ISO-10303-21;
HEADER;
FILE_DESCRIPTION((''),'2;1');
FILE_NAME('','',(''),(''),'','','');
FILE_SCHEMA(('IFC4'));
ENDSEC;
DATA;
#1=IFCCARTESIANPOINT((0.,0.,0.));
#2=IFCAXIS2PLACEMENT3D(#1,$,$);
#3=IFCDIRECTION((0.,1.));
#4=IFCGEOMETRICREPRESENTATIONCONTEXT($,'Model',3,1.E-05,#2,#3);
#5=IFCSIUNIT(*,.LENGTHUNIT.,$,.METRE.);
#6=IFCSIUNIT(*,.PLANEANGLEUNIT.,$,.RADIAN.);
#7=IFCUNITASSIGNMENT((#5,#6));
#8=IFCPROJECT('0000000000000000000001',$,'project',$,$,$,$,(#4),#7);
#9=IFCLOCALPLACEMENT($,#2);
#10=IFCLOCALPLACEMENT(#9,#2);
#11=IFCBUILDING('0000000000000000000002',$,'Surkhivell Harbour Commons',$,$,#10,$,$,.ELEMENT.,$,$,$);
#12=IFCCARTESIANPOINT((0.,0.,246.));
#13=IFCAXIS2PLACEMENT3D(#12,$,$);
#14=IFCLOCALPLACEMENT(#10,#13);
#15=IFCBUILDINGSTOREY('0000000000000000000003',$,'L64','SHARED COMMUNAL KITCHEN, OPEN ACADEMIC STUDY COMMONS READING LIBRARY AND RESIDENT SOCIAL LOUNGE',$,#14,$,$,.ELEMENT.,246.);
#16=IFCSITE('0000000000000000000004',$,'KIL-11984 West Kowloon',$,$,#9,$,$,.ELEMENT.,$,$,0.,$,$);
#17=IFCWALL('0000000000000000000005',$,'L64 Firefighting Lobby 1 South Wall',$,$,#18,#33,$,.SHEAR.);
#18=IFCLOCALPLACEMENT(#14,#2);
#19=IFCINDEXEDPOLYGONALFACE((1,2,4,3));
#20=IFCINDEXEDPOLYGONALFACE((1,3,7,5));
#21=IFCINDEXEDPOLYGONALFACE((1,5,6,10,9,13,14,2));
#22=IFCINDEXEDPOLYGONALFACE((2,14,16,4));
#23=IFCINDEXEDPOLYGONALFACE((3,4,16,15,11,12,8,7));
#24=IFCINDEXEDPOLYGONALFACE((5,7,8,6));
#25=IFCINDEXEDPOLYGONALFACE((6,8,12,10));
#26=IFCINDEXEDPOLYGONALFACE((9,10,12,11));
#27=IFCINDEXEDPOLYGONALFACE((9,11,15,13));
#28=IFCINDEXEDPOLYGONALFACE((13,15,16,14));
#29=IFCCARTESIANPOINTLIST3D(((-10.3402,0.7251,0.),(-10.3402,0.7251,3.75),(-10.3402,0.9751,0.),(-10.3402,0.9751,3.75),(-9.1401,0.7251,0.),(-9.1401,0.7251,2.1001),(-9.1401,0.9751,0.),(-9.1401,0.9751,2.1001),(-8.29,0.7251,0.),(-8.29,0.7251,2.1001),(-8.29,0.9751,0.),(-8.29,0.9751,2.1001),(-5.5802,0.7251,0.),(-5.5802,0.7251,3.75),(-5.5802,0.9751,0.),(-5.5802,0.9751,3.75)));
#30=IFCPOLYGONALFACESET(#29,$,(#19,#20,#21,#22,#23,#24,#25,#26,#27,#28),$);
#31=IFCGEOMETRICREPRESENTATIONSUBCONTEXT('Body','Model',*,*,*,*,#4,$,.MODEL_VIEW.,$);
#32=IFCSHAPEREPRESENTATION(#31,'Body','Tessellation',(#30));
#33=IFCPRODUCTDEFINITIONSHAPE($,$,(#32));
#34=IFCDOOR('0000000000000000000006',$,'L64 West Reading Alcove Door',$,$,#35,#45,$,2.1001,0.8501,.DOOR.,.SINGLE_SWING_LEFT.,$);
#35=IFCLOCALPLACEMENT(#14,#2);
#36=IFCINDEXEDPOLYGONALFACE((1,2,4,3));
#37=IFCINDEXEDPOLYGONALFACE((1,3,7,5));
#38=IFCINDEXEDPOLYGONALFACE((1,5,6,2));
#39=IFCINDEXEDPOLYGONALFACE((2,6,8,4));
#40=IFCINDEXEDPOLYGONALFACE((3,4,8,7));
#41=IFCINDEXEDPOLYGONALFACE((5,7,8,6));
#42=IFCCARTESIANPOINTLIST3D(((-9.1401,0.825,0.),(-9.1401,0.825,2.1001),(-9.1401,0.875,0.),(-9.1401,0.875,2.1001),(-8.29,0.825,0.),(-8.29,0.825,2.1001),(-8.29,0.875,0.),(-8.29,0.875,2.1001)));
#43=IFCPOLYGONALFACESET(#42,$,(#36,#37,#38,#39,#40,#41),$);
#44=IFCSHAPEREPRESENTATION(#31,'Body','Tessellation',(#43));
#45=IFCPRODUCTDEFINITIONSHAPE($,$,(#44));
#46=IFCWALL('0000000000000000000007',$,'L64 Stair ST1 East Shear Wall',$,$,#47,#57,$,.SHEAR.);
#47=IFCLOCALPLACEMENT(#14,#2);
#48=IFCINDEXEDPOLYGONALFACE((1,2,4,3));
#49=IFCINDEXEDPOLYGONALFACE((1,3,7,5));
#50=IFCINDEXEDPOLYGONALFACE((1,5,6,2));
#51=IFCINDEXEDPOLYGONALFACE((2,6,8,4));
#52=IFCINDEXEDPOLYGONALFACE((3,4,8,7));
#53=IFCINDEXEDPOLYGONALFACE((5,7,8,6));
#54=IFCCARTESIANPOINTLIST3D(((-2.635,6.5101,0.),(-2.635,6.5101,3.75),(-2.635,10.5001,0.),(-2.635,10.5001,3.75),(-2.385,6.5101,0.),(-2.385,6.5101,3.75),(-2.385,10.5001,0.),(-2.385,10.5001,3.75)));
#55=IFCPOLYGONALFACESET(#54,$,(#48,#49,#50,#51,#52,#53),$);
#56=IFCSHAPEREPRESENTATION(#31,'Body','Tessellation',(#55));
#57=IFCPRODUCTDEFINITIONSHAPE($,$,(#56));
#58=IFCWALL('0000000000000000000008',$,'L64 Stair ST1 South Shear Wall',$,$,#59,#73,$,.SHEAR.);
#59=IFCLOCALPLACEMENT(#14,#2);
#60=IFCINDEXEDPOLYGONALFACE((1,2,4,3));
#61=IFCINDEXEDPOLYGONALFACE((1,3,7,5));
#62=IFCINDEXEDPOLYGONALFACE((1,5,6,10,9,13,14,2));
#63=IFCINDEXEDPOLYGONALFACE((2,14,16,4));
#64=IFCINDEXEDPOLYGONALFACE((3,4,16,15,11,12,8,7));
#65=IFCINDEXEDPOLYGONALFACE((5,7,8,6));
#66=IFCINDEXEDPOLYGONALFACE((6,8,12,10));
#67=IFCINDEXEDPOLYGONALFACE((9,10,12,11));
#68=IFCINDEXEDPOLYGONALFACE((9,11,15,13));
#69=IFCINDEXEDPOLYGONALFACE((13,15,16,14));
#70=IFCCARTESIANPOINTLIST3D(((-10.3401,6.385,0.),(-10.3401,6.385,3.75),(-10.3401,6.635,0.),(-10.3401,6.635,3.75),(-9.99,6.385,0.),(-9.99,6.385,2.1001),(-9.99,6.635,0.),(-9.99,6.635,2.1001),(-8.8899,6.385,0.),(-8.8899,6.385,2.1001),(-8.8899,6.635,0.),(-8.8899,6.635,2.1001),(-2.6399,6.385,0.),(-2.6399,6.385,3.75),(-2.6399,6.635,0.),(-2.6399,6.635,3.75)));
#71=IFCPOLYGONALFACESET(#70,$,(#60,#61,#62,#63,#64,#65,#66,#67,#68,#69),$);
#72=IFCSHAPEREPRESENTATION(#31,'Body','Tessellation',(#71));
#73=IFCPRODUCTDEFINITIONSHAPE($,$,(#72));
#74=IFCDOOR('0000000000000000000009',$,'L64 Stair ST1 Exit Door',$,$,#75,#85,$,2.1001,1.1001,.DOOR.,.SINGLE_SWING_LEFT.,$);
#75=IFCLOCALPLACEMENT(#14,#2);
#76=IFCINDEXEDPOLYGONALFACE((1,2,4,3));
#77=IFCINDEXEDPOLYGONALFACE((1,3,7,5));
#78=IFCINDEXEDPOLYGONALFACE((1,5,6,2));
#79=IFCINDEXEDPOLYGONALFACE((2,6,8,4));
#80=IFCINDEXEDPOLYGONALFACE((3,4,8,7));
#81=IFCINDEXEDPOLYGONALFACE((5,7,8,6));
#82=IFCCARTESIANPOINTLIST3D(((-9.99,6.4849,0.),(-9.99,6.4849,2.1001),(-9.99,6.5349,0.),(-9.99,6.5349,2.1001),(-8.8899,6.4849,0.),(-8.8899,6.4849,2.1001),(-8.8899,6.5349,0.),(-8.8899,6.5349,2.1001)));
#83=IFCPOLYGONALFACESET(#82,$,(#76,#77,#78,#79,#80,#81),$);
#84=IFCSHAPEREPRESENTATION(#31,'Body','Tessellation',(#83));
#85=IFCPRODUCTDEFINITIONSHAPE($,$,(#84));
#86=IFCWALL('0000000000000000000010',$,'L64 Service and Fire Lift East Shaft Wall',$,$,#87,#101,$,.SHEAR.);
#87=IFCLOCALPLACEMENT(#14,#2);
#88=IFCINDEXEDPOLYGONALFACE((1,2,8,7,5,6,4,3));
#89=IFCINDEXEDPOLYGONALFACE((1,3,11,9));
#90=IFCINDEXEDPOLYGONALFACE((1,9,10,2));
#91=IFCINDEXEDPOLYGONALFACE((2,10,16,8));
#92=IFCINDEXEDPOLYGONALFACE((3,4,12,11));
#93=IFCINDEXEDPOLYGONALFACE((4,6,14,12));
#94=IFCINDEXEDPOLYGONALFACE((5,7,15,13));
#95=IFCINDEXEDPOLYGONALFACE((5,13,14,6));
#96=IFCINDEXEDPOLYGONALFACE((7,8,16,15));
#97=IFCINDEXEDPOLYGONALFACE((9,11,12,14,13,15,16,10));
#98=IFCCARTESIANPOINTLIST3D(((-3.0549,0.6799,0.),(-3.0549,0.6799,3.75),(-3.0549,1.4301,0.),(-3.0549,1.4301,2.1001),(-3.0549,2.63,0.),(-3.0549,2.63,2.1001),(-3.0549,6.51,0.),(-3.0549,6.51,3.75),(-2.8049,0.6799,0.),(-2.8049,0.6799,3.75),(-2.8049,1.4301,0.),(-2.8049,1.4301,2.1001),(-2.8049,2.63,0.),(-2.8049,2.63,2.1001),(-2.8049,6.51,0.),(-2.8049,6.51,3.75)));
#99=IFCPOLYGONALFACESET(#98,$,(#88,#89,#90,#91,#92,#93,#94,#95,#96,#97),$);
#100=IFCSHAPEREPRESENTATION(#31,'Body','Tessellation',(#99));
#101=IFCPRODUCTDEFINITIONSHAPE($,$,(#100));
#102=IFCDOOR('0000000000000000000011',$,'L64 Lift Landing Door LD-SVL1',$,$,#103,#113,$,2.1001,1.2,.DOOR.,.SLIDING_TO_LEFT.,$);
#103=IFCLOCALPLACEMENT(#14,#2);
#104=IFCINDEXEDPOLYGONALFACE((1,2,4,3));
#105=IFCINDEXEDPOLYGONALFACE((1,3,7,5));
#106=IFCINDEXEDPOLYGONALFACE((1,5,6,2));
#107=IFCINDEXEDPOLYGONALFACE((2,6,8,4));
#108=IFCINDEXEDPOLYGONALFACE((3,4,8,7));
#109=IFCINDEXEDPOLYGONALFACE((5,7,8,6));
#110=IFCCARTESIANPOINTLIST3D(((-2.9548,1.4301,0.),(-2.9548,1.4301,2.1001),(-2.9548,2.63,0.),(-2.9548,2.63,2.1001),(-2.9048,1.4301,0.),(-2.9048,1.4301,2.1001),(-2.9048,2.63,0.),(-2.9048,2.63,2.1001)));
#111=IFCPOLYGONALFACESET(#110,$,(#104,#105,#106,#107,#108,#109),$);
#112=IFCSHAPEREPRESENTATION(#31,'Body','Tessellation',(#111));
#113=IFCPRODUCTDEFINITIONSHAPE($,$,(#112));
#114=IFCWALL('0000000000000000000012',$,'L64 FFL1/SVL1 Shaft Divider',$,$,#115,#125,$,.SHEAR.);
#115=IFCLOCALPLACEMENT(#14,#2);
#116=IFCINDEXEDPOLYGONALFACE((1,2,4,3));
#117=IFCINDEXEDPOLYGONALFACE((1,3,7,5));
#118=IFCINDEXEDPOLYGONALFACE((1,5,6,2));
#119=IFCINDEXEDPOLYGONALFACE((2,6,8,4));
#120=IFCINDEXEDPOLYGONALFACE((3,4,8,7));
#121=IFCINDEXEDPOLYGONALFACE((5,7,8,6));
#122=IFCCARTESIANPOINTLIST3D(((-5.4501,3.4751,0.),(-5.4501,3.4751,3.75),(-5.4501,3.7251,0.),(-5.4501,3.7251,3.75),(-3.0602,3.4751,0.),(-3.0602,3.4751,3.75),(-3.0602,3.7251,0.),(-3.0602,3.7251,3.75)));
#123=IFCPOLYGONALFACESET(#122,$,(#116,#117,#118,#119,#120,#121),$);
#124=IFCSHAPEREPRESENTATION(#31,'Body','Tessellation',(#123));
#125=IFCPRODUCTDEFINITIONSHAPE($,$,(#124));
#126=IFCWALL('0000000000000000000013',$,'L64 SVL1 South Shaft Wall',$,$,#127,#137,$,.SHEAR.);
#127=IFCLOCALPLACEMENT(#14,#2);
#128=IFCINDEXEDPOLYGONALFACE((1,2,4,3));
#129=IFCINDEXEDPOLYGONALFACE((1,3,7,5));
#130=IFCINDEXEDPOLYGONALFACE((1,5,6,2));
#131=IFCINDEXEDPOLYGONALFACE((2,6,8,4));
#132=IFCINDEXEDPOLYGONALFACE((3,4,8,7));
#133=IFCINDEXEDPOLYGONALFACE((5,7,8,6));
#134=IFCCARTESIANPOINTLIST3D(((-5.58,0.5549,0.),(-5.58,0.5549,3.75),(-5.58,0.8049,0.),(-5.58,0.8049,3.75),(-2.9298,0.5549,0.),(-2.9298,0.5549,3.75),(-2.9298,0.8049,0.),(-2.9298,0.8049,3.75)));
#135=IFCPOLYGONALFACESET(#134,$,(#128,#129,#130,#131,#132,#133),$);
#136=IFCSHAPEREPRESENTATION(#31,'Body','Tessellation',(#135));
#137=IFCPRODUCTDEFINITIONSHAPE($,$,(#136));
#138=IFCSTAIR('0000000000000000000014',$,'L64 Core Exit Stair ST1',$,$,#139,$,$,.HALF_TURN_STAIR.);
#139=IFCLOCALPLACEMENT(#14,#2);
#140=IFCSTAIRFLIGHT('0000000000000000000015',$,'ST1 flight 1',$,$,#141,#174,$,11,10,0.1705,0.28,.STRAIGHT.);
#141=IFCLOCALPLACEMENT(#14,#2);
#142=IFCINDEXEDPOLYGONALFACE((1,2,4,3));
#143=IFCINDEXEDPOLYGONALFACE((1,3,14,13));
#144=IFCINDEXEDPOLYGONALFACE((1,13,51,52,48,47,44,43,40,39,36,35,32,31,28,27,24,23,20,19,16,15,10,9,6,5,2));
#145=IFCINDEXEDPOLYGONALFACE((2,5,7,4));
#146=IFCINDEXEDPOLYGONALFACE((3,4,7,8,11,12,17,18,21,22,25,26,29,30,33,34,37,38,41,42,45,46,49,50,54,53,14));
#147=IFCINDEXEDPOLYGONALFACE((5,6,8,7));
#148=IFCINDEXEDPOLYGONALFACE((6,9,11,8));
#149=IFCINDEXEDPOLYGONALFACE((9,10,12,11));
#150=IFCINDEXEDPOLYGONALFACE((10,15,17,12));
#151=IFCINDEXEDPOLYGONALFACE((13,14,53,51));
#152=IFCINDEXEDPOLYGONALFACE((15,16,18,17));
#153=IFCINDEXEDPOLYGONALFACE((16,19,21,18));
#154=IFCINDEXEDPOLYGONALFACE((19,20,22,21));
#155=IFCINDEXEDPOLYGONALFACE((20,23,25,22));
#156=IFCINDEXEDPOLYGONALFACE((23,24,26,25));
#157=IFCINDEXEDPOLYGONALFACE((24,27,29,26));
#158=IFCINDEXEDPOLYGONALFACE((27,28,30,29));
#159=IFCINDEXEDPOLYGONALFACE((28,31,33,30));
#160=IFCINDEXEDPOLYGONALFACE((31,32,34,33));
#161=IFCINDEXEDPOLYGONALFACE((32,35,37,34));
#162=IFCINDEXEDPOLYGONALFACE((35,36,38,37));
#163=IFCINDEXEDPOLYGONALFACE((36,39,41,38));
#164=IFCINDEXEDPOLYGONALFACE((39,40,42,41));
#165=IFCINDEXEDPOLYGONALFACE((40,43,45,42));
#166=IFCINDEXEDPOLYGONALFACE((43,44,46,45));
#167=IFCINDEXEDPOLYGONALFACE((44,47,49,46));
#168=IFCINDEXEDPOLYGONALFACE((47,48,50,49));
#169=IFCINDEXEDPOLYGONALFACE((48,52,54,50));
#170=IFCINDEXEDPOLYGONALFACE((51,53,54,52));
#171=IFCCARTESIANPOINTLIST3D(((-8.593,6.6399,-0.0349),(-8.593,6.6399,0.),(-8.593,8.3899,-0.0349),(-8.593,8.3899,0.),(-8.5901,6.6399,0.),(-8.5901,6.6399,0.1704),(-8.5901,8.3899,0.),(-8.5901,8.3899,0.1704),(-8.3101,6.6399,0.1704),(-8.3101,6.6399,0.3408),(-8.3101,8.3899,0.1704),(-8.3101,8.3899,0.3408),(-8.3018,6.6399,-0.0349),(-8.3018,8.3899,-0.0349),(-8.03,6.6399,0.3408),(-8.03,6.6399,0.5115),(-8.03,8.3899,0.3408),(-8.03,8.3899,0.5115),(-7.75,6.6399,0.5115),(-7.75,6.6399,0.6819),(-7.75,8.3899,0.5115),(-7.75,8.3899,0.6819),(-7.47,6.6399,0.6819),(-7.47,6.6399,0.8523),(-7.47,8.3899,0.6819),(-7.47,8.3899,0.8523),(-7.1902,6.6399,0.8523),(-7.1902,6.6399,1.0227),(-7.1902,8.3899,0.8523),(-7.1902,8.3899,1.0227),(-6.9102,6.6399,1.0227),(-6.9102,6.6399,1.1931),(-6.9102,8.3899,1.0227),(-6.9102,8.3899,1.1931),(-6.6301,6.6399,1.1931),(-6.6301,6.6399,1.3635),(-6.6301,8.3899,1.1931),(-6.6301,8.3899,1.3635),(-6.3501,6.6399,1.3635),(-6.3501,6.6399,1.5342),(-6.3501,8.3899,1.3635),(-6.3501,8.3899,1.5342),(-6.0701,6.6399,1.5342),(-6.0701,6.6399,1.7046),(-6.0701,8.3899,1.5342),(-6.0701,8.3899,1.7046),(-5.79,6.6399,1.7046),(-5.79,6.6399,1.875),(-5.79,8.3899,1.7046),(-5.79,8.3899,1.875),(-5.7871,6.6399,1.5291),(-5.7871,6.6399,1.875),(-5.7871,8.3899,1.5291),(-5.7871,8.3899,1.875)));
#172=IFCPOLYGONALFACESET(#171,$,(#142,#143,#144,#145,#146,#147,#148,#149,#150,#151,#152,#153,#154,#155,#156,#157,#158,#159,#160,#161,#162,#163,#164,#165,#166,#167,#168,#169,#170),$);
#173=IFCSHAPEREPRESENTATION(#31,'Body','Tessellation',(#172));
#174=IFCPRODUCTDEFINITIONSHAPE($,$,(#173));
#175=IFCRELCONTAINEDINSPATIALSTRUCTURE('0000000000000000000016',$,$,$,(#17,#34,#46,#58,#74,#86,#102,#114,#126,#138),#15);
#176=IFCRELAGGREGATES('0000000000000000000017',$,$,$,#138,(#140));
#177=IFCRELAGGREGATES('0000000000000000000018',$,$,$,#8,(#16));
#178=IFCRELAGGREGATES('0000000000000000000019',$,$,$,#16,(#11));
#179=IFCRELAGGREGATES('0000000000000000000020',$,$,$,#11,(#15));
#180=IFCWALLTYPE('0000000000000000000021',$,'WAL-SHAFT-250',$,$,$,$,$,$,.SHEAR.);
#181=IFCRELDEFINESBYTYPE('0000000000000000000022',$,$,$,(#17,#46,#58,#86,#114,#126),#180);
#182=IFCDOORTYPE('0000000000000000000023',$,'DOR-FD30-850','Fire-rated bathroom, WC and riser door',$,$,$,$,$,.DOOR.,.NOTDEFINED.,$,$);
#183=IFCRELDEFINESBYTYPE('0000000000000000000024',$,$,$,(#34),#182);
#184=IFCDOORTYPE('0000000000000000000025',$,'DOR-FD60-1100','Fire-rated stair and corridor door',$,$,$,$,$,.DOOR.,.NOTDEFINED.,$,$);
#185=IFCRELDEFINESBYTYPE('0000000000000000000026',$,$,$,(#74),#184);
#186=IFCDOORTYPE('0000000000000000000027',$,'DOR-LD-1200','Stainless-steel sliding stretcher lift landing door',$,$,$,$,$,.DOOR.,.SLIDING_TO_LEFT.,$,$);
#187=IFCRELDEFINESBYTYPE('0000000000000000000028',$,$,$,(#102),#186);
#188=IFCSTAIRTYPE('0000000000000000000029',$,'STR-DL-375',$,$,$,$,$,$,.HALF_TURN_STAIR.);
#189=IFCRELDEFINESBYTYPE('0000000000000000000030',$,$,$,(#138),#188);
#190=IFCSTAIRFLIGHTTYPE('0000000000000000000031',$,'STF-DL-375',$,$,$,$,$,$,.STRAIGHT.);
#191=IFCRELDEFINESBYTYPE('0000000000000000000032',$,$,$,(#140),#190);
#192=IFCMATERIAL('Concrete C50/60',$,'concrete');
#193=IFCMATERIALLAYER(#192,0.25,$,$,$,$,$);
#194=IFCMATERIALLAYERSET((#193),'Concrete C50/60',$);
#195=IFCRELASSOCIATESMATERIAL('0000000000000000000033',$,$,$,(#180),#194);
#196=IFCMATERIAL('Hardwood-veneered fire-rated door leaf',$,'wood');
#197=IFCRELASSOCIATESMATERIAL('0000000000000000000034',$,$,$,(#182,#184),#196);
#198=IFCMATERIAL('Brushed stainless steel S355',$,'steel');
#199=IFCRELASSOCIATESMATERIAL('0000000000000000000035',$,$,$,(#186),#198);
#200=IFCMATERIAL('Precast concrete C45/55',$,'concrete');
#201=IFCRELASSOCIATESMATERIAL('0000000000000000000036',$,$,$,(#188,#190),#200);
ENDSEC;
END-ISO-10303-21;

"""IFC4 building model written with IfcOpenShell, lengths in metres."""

from ifc_helpers import new_model, si_unit, direction, frame, frame_2d, origin, place, context, subcontext, project, spatial, polyline, rectangle, outline, extrude, material, layer, layer_set, type_object, element, fill, aggregate, save


model = new_model("IFC4")

# Units and contexts
model_context = context("Model", 3, precision=1e-05, world=origin(), true_north=direction((0.0, 1.0)))
body_context = subcontext(model_context, "Body", "Model", "MODEL_VIEW")
ifc_project = project(units=[si_unit("LENGTHUNIT", "METRE"), si_unit("PLANEANGLEUNIT", "RADIAN")], contexts=[model_context])

# Site, building, storey
site_placement = place(None, origin())
site = spatial("IfcSite", under=ifc_project, at=site_placement, Name="KIL-11984 West Kowloon", CompositionType="ELEMENT", RefElevation=0.0)
building_placement = place(site_placement, origin())
building = spatial("IfcBuilding", under=site, at=building_placement, Name="Surkhivell Harbour Commons", CompositionType="ELEMENT")
storey_placement = place(building_placement, frame((0.0, 0.0, 246.0)))
storey = spatial("IfcBuildingStorey", under=building, at=storey_placement, Name="L64", Description="SHARED COMMUNAL KITCHEN, OPEN ACADEMIC STUDY COMMONS READING LIBRARY AND RESIDENT SOCIAL LOUNGE", CompositionType="ELEMENT", Elevation=246.0)

# Shared definitions
ifc_material_1 = material(Name="Hardwood-veneered fire-rated door leaf", Category="wood")

# Wall, opening, door
ifc_material_2 = material(Name="Concrete C50/60", Category="concrete")
ifc_layer_1 = layer(ifc_material_2, 0.25)
ifc_layer_set_1 = layer_set([ifc_layer_1], Name="Concrete C50/60")
wall_type_1 = type_object("IfcWallType", Name="WAL-SHAFT-250", PredefinedType="SHEAR", material=ifc_layer_set_1)
ifc_material_3 = material(Name="Brushed stainless steel S355", Category="steel")
wall_1_placement = place(storey_placement, frame((-10.3401, 0.8501, 0.0), z_axis=(0.0, 0.0, 1.0), x_axis=(1.0, 0.0, 0.0)))
wall_1 = element("IfcWall", 1, at=wall_1_placement, inside=storey, type_object=wall_type_1, Name="L64 Firefighting Lobby 1 South Wall", PredefinedType="SHEAR", context=body_context, shape_type="SweptSolid", body=[
    extrude(rectangle(XDim=4.76, YDim=0.25, at=frame_2d((2.3799, 0.0))), origin(), (0.0, 0.0, 1.0), 3.75),
])
opening_1_placement = place(wall_1_placement, frame((1.2, 0.0, 0.0)))
opening_1 = element("IfcOpeningElement", 2, at=opening_1_placement, cuts=wall_1, PredefinedType="OPENING", context=body_context, shape_type="SweptSolid", body=[
    extrude(rectangle(XDim=0.8501, YDim=2.1001, at=frame_2d((0.425, 1.05))), frame((0.0, 0.135, 0.0), z_axis=(0.0, -1.0, 0.0), x_axis=(1.0, 0.0, 0.0)), (0.0, 0.0, 1.0), 0.27),
])
door_type_1 = type_object("IfcDoorType", Name="DOR-FD30-850", Description="Fire-rated bathroom, WC and riser door", OperationType="NOTDEFINED", PredefinedType="DOOR", material=ifc_material_1)
door_1_placement = place(opening_1_placement, origin())
door_1 = element("IfcDoor", 3, at=door_1_placement, inside=storey, type_object=door_type_1, Name="L64 West Reading Alcove Door", OperationType="SINGLE_SWING_LEFT", OverallHeight=2.1001, OverallWidth=0.8501, PredefinedType="DOOR", context=body_context, shape_type="SweptSolid", body=[
    extrude(rectangle(XDim=0.8501, YDim=2.1001, at=frame_2d((0.425, 1.05))), frame((0.0, 0.0249, 0.0), z_axis=(0.0, -1.0, 0.0), x_axis=(1.0, 0.0, 0.0)), (0.0, 0.0, 1.0), 0.05),
])
fill(opening_1, door_1)

# Wall
wall_2_placement = place(storey_placement, frame((-2.51, 6.51, 0.0), z_axis=(0.0, 0.0, 1.0), x_axis=(0.0, 1.0, 0.0)))
element("IfcWall", 4, at=wall_2_placement, inside=storey, type_object=wall_type_1, Name="L64 Stair ST1 East Shear Wall", PredefinedType="SHEAR", context=body_context, shape_type="SweptSolid", body=[
    extrude(rectangle(XDim=3.99, YDim=0.25, at=frame_2d((1.9951, 0.0))), origin(), (0.0, 0.0, 1.0), 3.75),
])

# Walls, openings, doors
wall_3_placement = place(storey_placement, frame((-10.3401, 6.51, 0.0), z_axis=(0.0, 0.0, 1.0), x_axis=(1.0, 0.0, 0.0)))
wall_3 = element("IfcWall", 5, at=wall_3_placement, inside=storey, type_object=wall_type_1, Name="L64 Stair ST1 South Shear Wall", PredefinedType="SHEAR", context=body_context, shape_type="SweptSolid", body=[
    extrude(rectangle(XDim=7.7002, YDim=0.25, at=frame_2d((3.8501, 0.0))), origin(), (0.0, 0.0, 1.0), 3.75),
])
opening_2_placement = place(wall_3_placement, frame((0.3501, 0.0, 0.0)))
opening_2 = element("IfcOpeningElement", 6, at=opening_2_placement, cuts=wall_3, PredefinedType="OPENING", context=body_context, shape_type="SweptSolid", body=[
    extrude(rectangle(XDim=1.1001, YDim=2.1001, at=frame_2d((0.55, 1.05))), frame((0.0, 0.135, 0.0), z_axis=(0.0, -1.0, 0.0), x_axis=(1.0, 0.0, 0.0)), (0.0, 0.0, 1.0), 0.27),
])
door_type_2 = type_object("IfcDoorType", Name="DOR-FD60-1100", Description="Fire-rated stair and corridor door", OperationType="NOTDEFINED", PredefinedType="DOOR", material=ifc_material_1)
door_2_placement = place(opening_2_placement, origin())
door_2 = element("IfcDoor", 7, at=door_2_placement, inside=storey, type_object=door_type_2, Name="L64 Stair ST1 Exit Door", OperationType="SINGLE_SWING_LEFT", OverallHeight=2.1001, OverallWidth=1.1001, PredefinedType="DOOR", context=body_context, shape_type="SweptSolid", body=[
    extrude(rectangle(XDim=1.1001, YDim=2.1001, at=frame_2d((0.55, 1.05))), frame((0.0, 0.0249, 0.0), z_axis=(0.0, -1.0, 0.0), x_axis=(1.0, 0.0, 0.0)), (0.0, 0.0, 1.0), 0.05),
])
fill(opening_2, door_2)
wall_4_placement = place(storey_placement, frame((-2.9299, 0.6799, 0.0), z_axis=(0.0, 0.0, 1.0), x_axis=(0.0, 1.0, 0.0)))
wall_4 = element("IfcWall", 8, at=wall_4_placement, inside=storey, type_object=wall_type_1, Name="L64 Service and Fire Lift East Shaft Wall", PredefinedType="SHEAR", context=body_context, shape_type="SweptSolid", body=[
    extrude(rectangle(XDim=5.8301, YDim=0.25, at=frame_2d((2.915, 0.0))), origin(), (0.0, 0.0, 1.0), 3.75),
])
opening_3_placement = place(wall_4_placement, frame((0.75, 0.0, 0.0)))
opening_3 = element("IfcOpeningElement", 9, at=opening_3_placement, cuts=wall_4, PredefinedType="OPENING", context=body_context, shape_type="SweptSolid", body=[
    extrude(rectangle(XDim=1.2, YDim=2.1001, at=frame_2d((0.6001, 1.05))), frame((0.0, 0.135, 0.0), z_axis=(0.0, -1.0, 0.0), x_axis=(1.0, 0.0, 0.0)), (0.0, 0.0, 1.0), 0.27),
])
door_type_3 = type_object("IfcDoorType", Name="DOR-LD-1200", Description="Stainless-steel sliding stretcher lift landing door", OperationType="SLIDING_TO_LEFT", PredefinedType="DOOR", material=ifc_material_3)
door_3_placement = place(opening_3_placement, origin())
door_3 = element("IfcDoor", 10, at=door_3_placement, inside=storey, type_object=door_type_3, Name="L64 Lift Landing Door LD-SVL1", OperationType="SLIDING_TO_LEFT", OverallHeight=2.1001, OverallWidth=1.2, PredefinedType="DOOR", context=body_context, shape_type="SweptSolid", body=[
    extrude(rectangle(XDim=1.2, YDim=2.1001, at=frame_2d((0.6001, 1.05))), frame((0.0, 0.0249, 0.0), z_axis=(0.0, -1.0, 0.0), x_axis=(1.0, 0.0, 0.0)), (0.0, 0.0, 1.0), 0.05),
])
fill(opening_3, door_3)

# Walls
wall_5_placement = place(storey_placement, frame((-5.45, 3.6001, 0.0), z_axis=(0.0, 0.0, 1.0), x_axis=(1.0, 0.0, 0.0)))
element("IfcWall", 11, at=wall_5_placement, inside=storey, type_object=wall_type_1, Name="L64 FFL1/SVL1 Shaft Divider", PredefinedType="SHEAR", context=body_context, shape_type="SweptSolid", body=[
    extrude(rectangle(XDim=2.3899, YDim=0.25, at=frame_2d((1.1948, 0.0))), origin(), (0.0, 0.0, 1.0), 3.75),
])
wall_6_placement = place(storey_placement, frame((-5.5801, 0.6799, 0.0), z_axis=(0.0, 0.0, 1.0), x_axis=(1.0, 0.0, 0.0)))
element("IfcWall", 12, at=wall_6_placement, inside=storey, type_object=wall_type_1, Name="L64 SVL1 South Shaft Wall", PredefinedType="SHEAR", context=body_context, shape_type="SweptSolid", body=[
    extrude(rectangle(XDim=2.6501, YDim=0.25, at=frame_2d((1.3252, 0.0))), origin(), (0.0, 0.0, 1.0), 3.75),
])

# Stair, stair flight
ifc_material_4 = material(Name="Precast concrete C45/55", Category="concrete")
stair_type = type_object("IfcStairType", Name="STR-DL-375", PredefinedType="HALF_TURN_STAIR", material=ifc_material_4)
stair_placement = place(storey_placement, origin())
stair = element("IfcStair", 13, at=stair_placement, inside=storey, type_object=stair_type, Name="L64 Core Exit Stair ST1", PredefinedType="HALF_TURN_STAIR")
stair_flight_type = type_object("IfcStairFlightType", Name="STF-DL-375", PredefinedType="STRAIGHT", material=ifc_material_4)
stair_flight_1_placement = place(storey_placement, frame((-8.5901, 7.5149, 0.0), z_axis=(0.0, 0.0, 1.0), x_axis=(1.0, 0.0, 0.0)))
stair_flight_1 = element("IfcStairFlight", 14, at=stair_flight_1_placement, type_object=stair_flight_type, Name="ST1 flight 1", NumberOfRisers=11, NumberOfTreads=10, PredefinedType="STRAIGHT", RiserHeight=0.1705, TreadLength=0.28, context=body_context, shape_type="SweptSolid", body=[
    extrude(outline(polyline([(-0.0029, -0.0349), (-0.0029, 0.0), (0.0, 0.0), (0.0, 0.1704), (0.28, 0.1704), (0.28, 0.3408), (0.5601, 0.3408), (0.5601, 0.5115), (0.8401, 0.5115), (0.8401, 0.6819), (1.1201, 0.6819), (1.1201, 0.8523), (1.3999, 0.8523), (1.3999, 1.0227), (1.6799, 1.0227), (1.6799, 1.1931), (1.96, 1.1931), (1.96, 1.3635), (2.24, 1.3635), (2.24, 1.5342), (2.52, 1.5342), (2.52, 1.7046), (2.8, 1.7046), (2.8, 1.875), (2.803, 1.875), (2.803, 1.5291), (0.2883, -0.0349), (-0.0029, -0.0349)])), frame((0.0, 0.875, 0.0), z_axis=(0.0, -1.0, 0.0), x_axis=(1.0, 0.0, 0.0)), (0.0, 0.0, 1.0), 1.75),
])
aggregate(stair, [stair_flight_1])

save(model, "model.ifc")
